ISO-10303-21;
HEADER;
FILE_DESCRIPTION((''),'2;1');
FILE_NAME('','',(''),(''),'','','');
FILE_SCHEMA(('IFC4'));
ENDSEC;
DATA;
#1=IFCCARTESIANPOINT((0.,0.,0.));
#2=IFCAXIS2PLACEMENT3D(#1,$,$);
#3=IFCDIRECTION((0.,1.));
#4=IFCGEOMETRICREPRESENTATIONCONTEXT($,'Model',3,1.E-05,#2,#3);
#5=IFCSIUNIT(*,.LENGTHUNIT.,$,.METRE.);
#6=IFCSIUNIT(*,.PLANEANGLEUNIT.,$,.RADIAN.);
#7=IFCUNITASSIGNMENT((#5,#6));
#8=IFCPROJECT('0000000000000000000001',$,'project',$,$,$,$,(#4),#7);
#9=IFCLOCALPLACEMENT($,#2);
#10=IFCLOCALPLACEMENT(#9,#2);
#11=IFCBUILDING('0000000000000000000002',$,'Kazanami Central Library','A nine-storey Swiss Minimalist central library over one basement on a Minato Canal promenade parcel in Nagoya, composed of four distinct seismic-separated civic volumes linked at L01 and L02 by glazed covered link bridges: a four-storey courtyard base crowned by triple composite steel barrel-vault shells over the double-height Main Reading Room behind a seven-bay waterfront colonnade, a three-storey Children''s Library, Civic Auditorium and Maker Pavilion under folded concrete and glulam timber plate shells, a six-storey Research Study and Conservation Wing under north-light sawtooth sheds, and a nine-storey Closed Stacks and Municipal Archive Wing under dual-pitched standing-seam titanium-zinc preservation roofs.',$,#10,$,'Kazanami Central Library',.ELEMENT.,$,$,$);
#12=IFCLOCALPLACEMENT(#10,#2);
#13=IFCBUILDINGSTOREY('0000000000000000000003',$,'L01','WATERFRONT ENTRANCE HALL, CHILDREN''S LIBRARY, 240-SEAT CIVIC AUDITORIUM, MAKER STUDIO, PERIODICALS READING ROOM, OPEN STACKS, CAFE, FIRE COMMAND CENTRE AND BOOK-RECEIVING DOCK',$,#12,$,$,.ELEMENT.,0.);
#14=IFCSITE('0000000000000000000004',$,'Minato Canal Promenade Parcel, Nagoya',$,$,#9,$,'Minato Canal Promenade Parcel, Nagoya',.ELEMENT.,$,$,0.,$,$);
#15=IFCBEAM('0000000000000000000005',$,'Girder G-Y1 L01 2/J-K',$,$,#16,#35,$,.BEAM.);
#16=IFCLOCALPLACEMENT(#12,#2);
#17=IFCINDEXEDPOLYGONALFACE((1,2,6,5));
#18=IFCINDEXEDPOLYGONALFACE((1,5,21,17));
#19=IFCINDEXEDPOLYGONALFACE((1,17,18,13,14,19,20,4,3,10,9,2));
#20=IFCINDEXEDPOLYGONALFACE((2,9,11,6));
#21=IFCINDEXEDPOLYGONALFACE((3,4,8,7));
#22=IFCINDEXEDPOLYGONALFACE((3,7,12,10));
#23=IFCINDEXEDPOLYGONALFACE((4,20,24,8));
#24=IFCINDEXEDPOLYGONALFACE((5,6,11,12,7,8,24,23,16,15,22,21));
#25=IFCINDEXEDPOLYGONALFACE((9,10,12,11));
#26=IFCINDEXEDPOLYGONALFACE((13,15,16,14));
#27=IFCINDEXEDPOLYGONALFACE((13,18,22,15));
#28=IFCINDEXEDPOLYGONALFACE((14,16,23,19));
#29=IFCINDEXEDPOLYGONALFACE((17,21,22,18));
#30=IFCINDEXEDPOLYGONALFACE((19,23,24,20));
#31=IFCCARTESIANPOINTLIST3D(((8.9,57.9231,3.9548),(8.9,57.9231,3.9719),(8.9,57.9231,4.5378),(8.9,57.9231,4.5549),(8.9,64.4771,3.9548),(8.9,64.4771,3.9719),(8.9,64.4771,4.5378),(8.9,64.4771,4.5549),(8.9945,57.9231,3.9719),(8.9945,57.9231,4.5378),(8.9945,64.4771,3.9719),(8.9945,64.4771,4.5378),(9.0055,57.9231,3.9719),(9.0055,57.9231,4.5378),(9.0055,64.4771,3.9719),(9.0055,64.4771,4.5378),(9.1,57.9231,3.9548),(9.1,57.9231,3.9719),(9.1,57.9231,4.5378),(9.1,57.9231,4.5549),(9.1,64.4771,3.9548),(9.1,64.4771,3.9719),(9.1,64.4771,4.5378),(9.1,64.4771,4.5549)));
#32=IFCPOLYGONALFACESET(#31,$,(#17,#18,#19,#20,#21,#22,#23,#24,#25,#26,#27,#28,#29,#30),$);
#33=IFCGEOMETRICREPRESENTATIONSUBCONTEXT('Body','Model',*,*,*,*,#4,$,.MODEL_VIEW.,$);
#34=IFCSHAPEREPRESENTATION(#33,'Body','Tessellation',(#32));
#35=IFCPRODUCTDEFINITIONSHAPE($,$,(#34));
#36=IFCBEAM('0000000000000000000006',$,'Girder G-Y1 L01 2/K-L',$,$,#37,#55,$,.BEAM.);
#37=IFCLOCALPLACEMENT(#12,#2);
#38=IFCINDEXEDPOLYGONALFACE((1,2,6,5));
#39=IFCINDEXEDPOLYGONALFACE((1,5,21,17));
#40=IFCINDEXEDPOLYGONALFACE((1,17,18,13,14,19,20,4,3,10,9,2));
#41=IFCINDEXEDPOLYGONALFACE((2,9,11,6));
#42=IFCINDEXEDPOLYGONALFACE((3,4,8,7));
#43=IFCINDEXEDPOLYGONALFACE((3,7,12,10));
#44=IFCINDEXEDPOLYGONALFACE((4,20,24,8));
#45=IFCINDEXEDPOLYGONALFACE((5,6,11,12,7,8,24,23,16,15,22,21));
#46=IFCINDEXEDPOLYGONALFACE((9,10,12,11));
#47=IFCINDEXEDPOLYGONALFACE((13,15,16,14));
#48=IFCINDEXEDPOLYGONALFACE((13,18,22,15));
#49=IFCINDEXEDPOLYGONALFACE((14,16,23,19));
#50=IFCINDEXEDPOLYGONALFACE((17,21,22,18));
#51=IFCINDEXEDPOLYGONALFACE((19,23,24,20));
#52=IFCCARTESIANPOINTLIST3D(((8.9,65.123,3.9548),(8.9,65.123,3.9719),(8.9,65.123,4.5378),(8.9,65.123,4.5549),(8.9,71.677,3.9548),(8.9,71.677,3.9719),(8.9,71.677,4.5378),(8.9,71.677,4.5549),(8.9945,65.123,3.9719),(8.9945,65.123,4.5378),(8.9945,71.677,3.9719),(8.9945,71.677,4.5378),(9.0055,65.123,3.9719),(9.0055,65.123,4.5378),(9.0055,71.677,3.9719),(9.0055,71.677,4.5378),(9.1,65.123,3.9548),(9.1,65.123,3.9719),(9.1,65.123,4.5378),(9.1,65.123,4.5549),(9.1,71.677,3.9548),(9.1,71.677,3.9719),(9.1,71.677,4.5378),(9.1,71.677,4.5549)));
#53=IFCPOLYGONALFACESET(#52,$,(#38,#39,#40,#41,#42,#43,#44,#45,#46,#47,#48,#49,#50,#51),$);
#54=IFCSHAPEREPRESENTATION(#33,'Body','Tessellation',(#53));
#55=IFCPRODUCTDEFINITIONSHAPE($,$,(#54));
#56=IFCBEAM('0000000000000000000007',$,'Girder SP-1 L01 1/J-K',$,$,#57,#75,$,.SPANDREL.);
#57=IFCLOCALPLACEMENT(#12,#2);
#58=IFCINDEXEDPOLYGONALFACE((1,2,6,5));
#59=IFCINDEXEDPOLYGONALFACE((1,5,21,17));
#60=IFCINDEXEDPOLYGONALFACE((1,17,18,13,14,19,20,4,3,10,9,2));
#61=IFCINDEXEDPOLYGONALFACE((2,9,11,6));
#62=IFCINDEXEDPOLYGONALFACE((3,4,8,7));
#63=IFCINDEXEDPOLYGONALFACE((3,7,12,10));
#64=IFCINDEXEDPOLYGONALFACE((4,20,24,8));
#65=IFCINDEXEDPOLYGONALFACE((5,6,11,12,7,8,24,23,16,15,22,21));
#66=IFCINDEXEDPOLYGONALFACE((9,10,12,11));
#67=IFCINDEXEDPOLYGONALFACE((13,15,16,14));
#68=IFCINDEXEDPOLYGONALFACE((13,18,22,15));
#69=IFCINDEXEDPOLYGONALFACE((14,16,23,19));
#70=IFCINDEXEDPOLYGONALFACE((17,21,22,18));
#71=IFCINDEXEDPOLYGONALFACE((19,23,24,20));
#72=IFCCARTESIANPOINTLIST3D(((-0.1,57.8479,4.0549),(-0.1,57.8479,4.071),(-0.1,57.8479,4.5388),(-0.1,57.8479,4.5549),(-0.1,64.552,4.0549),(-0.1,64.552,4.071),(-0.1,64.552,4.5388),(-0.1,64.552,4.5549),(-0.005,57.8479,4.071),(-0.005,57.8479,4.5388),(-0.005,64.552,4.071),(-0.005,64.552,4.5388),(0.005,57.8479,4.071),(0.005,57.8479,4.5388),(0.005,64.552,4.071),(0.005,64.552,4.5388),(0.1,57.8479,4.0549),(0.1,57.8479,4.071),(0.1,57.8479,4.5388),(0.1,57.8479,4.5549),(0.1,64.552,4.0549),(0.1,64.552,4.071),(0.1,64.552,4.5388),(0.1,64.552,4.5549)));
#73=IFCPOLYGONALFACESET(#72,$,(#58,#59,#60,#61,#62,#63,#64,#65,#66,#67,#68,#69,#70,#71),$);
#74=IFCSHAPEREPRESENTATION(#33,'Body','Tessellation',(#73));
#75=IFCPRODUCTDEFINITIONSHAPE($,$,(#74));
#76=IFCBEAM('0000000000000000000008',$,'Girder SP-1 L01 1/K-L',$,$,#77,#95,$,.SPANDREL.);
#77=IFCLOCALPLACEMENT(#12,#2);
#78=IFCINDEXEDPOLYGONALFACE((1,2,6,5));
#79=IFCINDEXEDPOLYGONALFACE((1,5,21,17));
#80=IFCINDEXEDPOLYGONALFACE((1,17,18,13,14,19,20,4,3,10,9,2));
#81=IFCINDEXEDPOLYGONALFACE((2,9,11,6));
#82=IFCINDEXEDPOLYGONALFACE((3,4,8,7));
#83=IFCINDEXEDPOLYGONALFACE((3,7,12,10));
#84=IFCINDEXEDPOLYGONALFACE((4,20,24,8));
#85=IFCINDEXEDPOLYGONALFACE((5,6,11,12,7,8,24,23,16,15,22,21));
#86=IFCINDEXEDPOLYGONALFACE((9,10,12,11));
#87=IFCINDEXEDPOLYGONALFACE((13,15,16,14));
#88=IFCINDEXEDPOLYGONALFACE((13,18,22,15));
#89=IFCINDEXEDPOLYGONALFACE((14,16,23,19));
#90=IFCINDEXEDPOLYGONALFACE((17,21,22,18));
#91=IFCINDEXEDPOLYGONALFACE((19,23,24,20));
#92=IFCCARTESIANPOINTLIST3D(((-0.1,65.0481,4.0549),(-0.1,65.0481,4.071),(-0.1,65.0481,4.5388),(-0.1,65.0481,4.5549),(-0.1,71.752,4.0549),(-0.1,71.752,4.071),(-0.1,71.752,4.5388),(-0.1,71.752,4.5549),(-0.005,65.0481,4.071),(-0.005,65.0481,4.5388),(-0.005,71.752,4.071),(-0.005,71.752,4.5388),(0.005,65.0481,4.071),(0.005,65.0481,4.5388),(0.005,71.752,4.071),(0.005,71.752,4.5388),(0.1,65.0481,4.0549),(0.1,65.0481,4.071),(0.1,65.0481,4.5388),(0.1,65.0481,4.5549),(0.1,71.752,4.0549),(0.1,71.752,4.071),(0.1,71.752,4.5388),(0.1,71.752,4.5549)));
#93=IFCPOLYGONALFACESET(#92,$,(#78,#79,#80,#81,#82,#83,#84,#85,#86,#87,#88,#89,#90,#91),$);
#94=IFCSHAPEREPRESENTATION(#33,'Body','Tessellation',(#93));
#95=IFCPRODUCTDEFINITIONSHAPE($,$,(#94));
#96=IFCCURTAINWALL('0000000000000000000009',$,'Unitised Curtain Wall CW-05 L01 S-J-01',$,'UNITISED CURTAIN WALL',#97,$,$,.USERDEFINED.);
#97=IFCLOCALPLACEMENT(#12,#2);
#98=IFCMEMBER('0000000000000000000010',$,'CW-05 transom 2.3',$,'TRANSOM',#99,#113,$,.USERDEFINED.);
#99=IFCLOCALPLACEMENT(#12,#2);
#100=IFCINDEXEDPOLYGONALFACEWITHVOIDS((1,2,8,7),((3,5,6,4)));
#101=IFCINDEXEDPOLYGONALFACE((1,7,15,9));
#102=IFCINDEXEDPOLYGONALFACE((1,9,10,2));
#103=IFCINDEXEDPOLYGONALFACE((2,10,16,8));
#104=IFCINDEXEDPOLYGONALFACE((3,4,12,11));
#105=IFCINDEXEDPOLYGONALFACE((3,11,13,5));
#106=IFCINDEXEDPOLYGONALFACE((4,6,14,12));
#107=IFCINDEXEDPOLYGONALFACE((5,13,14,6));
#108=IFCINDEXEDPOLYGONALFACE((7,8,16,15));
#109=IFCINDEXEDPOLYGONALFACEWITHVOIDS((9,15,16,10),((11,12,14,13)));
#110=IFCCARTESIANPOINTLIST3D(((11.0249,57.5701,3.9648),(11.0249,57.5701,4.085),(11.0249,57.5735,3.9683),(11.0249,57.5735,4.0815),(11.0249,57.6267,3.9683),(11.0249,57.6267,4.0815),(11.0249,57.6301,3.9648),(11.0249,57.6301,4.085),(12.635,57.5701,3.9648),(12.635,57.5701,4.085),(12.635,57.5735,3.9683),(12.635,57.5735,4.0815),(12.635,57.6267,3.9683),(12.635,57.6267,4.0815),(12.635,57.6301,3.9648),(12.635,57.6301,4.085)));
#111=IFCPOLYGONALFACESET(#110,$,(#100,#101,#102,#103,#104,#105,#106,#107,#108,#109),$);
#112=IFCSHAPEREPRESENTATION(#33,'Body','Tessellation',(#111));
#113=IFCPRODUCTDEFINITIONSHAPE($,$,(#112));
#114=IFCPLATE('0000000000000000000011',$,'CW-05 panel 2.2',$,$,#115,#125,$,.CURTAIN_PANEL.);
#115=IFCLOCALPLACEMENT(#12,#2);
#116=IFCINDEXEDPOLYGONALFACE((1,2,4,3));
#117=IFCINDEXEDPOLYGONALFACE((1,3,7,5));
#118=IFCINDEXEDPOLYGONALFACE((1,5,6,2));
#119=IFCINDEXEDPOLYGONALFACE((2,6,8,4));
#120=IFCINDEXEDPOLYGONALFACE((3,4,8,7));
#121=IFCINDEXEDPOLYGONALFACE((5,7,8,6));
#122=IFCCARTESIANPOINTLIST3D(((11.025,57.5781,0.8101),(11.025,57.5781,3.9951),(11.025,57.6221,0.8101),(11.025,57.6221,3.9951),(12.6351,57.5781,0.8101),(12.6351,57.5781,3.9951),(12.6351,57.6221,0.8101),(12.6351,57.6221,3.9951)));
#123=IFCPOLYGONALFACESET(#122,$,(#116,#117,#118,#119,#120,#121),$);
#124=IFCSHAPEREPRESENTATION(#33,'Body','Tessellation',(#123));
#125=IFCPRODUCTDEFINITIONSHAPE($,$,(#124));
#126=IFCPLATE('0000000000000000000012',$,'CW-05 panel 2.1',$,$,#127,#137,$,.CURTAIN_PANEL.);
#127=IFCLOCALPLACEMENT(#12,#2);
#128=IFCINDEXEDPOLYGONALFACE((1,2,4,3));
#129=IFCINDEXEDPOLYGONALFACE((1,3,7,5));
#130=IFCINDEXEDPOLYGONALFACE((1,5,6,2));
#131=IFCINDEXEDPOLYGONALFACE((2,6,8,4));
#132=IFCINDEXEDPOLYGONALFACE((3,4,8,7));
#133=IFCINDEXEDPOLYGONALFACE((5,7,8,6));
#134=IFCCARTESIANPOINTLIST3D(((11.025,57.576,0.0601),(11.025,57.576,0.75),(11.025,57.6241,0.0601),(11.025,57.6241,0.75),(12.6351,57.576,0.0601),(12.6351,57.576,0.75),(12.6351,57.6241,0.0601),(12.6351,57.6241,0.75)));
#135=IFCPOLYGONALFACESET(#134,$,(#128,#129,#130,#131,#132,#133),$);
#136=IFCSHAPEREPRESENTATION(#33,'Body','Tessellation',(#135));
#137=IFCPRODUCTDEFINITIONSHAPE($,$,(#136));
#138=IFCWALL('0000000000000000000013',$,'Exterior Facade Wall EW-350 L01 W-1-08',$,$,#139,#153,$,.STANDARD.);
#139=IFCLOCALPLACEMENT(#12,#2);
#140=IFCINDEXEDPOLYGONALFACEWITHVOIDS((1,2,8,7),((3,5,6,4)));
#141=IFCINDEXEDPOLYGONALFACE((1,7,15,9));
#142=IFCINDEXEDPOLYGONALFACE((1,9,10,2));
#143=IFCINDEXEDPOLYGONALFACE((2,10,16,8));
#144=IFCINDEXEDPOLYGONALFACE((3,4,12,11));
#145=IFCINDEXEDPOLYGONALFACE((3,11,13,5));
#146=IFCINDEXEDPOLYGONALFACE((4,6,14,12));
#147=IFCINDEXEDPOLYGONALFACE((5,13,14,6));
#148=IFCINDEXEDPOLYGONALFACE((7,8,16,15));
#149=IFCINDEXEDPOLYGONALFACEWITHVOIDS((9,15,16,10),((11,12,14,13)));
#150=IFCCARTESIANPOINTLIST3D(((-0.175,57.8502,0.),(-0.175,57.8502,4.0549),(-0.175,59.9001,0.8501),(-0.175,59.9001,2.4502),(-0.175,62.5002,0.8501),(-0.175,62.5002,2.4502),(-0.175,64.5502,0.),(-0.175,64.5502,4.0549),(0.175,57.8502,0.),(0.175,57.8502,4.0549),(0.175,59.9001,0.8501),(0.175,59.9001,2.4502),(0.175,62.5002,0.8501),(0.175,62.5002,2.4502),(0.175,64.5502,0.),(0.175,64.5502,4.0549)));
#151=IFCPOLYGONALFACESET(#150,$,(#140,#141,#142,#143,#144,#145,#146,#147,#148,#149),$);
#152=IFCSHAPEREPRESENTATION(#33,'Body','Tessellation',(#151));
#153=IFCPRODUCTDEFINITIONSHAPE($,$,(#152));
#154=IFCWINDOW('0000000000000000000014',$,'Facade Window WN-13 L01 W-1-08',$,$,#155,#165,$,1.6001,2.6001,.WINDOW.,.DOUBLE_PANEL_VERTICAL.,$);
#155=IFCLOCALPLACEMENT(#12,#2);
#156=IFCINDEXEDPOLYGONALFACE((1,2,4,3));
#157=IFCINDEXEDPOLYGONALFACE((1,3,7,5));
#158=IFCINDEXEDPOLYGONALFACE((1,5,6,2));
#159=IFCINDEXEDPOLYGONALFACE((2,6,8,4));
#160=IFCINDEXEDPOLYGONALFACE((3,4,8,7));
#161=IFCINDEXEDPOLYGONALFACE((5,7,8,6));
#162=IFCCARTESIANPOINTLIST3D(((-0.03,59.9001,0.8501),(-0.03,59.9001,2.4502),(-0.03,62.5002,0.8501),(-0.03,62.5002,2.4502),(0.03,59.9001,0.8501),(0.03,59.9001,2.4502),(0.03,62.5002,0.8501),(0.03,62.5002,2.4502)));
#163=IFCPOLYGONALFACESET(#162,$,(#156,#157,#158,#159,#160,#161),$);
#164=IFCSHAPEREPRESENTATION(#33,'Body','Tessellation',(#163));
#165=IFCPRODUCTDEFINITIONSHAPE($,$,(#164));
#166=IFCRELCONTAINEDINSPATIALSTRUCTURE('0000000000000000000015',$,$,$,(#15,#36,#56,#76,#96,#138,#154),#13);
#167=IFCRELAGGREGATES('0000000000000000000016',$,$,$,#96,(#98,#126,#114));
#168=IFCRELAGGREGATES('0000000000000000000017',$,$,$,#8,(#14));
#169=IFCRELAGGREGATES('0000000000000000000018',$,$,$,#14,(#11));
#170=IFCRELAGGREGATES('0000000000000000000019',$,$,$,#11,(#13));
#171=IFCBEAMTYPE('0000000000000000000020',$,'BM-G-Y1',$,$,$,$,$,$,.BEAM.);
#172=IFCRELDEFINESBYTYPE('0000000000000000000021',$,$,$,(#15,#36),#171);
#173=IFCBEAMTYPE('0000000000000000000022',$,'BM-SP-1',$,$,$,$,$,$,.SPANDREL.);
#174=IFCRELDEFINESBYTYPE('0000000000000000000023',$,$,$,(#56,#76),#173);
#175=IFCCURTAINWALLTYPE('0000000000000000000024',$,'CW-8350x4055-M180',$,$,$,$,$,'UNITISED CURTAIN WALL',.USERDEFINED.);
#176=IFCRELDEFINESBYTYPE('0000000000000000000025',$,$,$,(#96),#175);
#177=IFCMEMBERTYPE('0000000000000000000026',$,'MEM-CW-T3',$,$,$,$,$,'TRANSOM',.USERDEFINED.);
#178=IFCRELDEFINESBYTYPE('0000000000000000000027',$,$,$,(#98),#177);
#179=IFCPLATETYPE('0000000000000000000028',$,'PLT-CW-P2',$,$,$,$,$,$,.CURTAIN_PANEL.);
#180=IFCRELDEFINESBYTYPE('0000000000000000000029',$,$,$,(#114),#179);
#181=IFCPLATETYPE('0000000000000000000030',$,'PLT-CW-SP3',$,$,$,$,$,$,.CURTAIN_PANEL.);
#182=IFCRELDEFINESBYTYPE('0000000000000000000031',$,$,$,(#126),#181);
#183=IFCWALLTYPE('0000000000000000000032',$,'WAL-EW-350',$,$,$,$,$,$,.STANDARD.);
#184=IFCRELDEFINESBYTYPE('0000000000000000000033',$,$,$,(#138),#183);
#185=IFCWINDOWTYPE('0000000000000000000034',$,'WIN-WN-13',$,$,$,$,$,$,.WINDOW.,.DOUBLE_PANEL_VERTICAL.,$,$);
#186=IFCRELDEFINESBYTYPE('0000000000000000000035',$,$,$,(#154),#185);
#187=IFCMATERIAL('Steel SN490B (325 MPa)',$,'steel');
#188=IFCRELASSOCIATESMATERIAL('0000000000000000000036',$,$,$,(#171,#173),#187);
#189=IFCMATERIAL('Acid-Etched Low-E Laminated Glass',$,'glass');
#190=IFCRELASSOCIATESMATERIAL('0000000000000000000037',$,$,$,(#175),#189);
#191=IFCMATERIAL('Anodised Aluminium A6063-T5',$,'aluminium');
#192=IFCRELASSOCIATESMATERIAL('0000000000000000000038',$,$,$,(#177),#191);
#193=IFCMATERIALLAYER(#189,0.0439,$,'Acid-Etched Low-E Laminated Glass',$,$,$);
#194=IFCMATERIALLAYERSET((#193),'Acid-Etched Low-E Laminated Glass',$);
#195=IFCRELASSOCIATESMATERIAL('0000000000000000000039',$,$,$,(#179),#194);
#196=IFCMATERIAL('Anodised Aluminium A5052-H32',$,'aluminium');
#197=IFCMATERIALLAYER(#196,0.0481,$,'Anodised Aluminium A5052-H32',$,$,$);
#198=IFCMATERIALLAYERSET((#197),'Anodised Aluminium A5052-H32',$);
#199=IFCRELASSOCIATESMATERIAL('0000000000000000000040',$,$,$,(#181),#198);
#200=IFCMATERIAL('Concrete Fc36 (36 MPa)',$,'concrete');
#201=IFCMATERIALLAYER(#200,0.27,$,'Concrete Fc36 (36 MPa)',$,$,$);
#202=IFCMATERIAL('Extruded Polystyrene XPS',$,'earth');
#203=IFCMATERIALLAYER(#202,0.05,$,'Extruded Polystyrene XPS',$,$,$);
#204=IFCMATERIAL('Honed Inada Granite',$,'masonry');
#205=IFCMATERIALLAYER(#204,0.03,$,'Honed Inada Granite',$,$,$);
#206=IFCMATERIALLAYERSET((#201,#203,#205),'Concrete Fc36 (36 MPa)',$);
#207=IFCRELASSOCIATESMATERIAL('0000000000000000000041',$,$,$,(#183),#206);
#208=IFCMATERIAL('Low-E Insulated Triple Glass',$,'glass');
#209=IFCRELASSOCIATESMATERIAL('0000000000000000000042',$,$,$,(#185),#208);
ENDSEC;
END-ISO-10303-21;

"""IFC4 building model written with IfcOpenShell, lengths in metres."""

from ifc_helpers import new_model, si_unit, direction, frame, frame_2d, origin, origin_2d, place, context, subcontext, project, spatial, rectangle, hollow_rectangle, i_section, extrude, material, layer, layer_set, material_profile, profile_set, type_object, element, fill, aggregate, save


model = new_model("IFC4")

# Units and contexts
model_context = context("Model", 3, precision=1e-05, world=origin(), true_north=direction((0.0, 1.0)))
body_context = subcontext(model_context, "Body", "Model", "MODEL_VIEW")
ifc_project = project(units=[si_unit("LENGTHUNIT", "METRE"), si_unit("PLANEANGLEUNIT", "RADIAN")], contexts=[model_context])

# Site, building, storey
site_placement = place(None, origin())
site = spatial("IfcSite", under=ifc_project, at=site_placement, Name="Minato Canal Promenade Parcel, Nagoya", LongName="Minato Canal Promenade Parcel, Nagoya", CompositionType="ELEMENT", RefElevation=0.0)
building_placement = place(site_placement, origin())
building = spatial("IfcBuilding", under=site, at=building_placement, Name="Kazanami Central Library", Description="A nine-storey Swiss Minimalist central library over one basement on a Minato Canal promenade parcel in Nagoya, composed of four distinct seismic-separated civic volumes linked at L01 and L02 by glazed covered link bridges: a four-storey courtyard base crowned by triple composite steel barrel-vault shells over the double-height Main Reading Room behind a seven-bay waterfront colonnade, a three-storey Children's Library, Civic Auditorium and Maker Pavilion under folded concrete and glulam timber plate shells, a six-storey Research Study and Conservation Wing under north-light sawtooth sheds, and a nine-storey Closed Stacks and Municipal Archive Wing under dual-pitched standing-seam titanium-zinc preservation roofs.", LongName="Kazanami Central Library", CompositionType="ELEMENT")
storey_placement = place(building_placement, origin())
storey = spatial("IfcBuildingStorey", under=building, at=storey_placement, Name="L01", Description="WATERFRONT ENTRANCE HALL, CHILDREN'S LIBRARY, 240-SEAT CIVIC AUDITORIUM, MAKER STUDIO, PERIODICALS READING ROOM, OPEN STACKS, CAFE, FIRE COMMAND CENTRE AND BOOK-RECEIVING DOCK", CompositionType="ELEMENT", Elevation=0.0)

# Beams
ifc_material_1 = material(Name="Steel SN490B (325 MPa)", Category="steel")
ifc_material_profile_1 = material_profile(ifc_material_1, i_section(OverallWidth=0.2, OverallDepth=0.6001, WebThickness=0.011, FlangeThickness=0.0171, at=origin_2d()), Name="H-600x200x11x17")
ifc_profile_set_1 = profile_set([ifc_material_profile_1], Name="Steel SN490B (325 MPa)")
beam_type_1 = type_object("IfcBeamType", Name="BM-G-Y1", PredefinedType="BEAM", material=ifc_profile_set_1)
for number, where, z_axis, x_axis, name in (
    (1, (9.0, 57.9231, 4.2549), (0.0, 1.0, 0.0), (-1.0, 0.0, 0.0), "Girder G-Y1 L01 2/J-K"),
    (2, (9.0, 65.123, 4.2549), (0.0, 1.0, 0.0), (-1.0, 0.0, 0.0), "Girder G-Y1 L01 2/K-L"),
):
    element("IfcBeam", number, at=place(storey_placement, frame(where, z_axis=z_axis, x_axis=x_axis)), inside=storey, type_object=beam_type_1, Name=name, PredefinedType="BEAM", context=body_context, shape_type="SweptSolid", body=[
        extrude(i_section(OverallWidth=0.2, OverallDepth=0.6001, WebThickness=0.011, FlangeThickness=0.0171, at=origin_2d()), origin(), (0.0, 0.0, 1.0), 6.554),
    ])
ifc_material_profile_2 = material_profile(ifc_material_1, i_section(OverallWidth=0.2, OverallDepth=0.5, WebThickness=0.01, FlangeThickness=0.0161, at=origin_2d()), Name="H-500x200x10x16")
ifc_profile_set_2 = profile_set([ifc_material_profile_2], Name="Steel SN490B (325 MPa)")
beam_type_2 = type_object("IfcBeamType", Name="BM-SP-1", PredefinedType="SPANDREL", material=ifc_profile_set_2)
beam_1_placement = place(storey_placement, frame((0.0, 57.8479, 4.3049), z_axis=(0.0, 1.0, 0.0), x_axis=(-1.0, 0.0, 0.0)))
element("IfcBeam", 3, at=beam_1_placement, inside=storey, type_object=beam_type_2, Name="Girder SP-1 L01 1/J-K", PredefinedType="SPANDREL", context=body_context, shape_type="SweptSolid", body=[
    extrude(i_section(OverallWidth=0.2, OverallDepth=0.5, WebThickness=0.01, FlangeThickness=0.0161, at=origin_2d()), origin(), (0.0, 0.0, 1.0), 6.7041),
])
beam_2_placement = place(storey_placement, frame((0.0, 65.0481, 4.3049), z_axis=(0.0, 1.0, 0.0), x_axis=(-1.0, 0.0, 0.0)))
element("IfcBeam", 4, at=beam_2_placement, inside=storey, type_object=beam_type_2, Name="Girder SP-1 L01 1/K-L", PredefinedType="SPANDREL", context=body_context, shape_type="SweptSolid", body=[
    extrude(i_section(OverallWidth=0.2, OverallDepth=0.5, WebThickness=0.01, FlangeThickness=0.0161, at=origin_2d()), origin(), (0.0, 0.0, 1.0), 6.7039),
])

# Curtain wall, member, plates
ifc_material_2 = material(Name="Acid-Etched Low-E Laminated Glass", Category="glass")
curtain_wall_type = type_object("IfcCurtainWallType", Name="CW-8350x4055-M180", ElementType="UNITISED CURTAIN WALL", PredefinedType="USERDEFINED", material=ifc_material_2)
curtain_wall_placement = place(storey_placement, origin())
curtain_wall = element("IfcCurtainWall", 5, at=curtain_wall_placement, inside=storey, type_object=curtain_wall_type, Name="Unitised Curtain Wall CW-05 L01 S-J-01", ObjectType="UNITISED CURTAIN WALL", PredefinedType="USERDEFINED")
ifc_material_3 = material(Name="Anodised Aluminium A6063-T5", Category="aluminium")
ifc_material_profile_3 = material_profile(ifc_material_3, hollow_rectangle(XDim=0.0601, YDim=0.1201, WallThickness=0.0034, at=origin_2d()), Name="ALU-TRAN-60x120x3.5")
ifc_profile_set_3 = profile_set([ifc_material_profile_3], Name="Anodised Aluminium A6063-T5")
member_type = type_object("IfcMemberType", Name="MEM-CW-T3", ElementType="TRANSOM", PredefinedType="USERDEFINED", material=ifc_profile_set_3)
member_placement = place(storey_placement, frame((11.0249, 57.6001, 4.0249), z_axis=(1.0, 0.0, 0.0), x_axis=(0.0, 1.0, 0.0)))
member = element("IfcMember", 6, at=member_placement, type_object=member_type, Name="CW-05 transom 2.3", ObjectType="TRANSOM", PredefinedType="USERDEFINED", context=body_context, shape_type="SweptSolid", body=[
    extrude(hollow_rectangle(XDim=0.0601, YDim=0.1201, WallThickness=0.0034, at=origin_2d()), origin(), (0.0, 0.0, 1.0), 1.6101),
])
ifc_layer_1 = layer(ifc_material_2, 0.0439, Name="Acid-Etched Low-E Laminated Glass")
ifc_layer_set_1 = layer_set([ifc_layer_1], Name="Acid-Etched Low-E Laminated Glass")
plate_type_1 = type_object("IfcPlateType", Name="PLT-CW-P2", PredefinedType="CURTAIN_PANEL", material=ifc_layer_set_1)
plate_1_placement = place(storey_placement, frame((11.8301, 57.6001, 0.8101), z_axis=(0.0, 0.0, 1.0), x_axis=(1.0, 0.0, 0.0)))
plate_1 = element("IfcPlate", 7, at=plate_1_placement, type_object=plate_type_1, Name="CW-05 panel 2.2", PredefinedType="CURTAIN_PANEL", context=body_context, shape_type="SweptSolid", body=[
    extrude(rectangle(XDim=1.6101, YDim=0.0439, at=origin_2d()), origin(), (0.0, 0.0, 1.0), 3.1851),
])
ifc_material_4 = material(Name="Anodised Aluminium A5052-H32", Category="aluminium")
ifc_layer_2 = layer(ifc_material_4, 0.0481, Name="Anodised Aluminium A5052-H32")
ifc_layer_set_2 = layer_set([ifc_layer_2], Name="Anodised Aluminium A5052-H32")
plate_type_2 = type_object("IfcPlateType", Name="PLT-CW-SP3", PredefinedType="CURTAIN_PANEL", material=ifc_layer_set_2)
plate_2_placement = place(storey_placement, frame((11.8301, 57.6001, 0.0601), z_axis=(0.0, 0.0, 1.0), x_axis=(1.0, 0.0, 0.0)))
plate_2 = element("IfcPlate", 8, at=plate_2_placement, type_object=plate_type_2, Name="CW-05 panel 2.1", PredefinedType="CURTAIN_PANEL", context=body_context, shape_type="SweptSolid", body=[
    extrude(rectangle(XDim=1.6101, YDim=0.0481, at=origin_2d()), origin(), (0.0, 0.0, 1.0), 0.6899),
])
aggregate(curtain_wall, [member, plate_2, plate_1])

# Wall, opening, window
ifc_material_5 = material(Name="Concrete Fc36 (36 MPa)", Category="concrete")
ifc_layer_3 = layer(ifc_material_5, 0.27, Name="Concrete Fc36 (36 MPa)")
ifc_material_6 = material(Name="Extruded Polystyrene XPS", Category="earth")
ifc_layer_4 = layer(ifc_material_6, 0.05, Name="Extruded Polystyrene XPS")
ifc_material_7 = material(Name="Honed Inada Granite", Category="masonry")
ifc_layer_5 = layer(ifc_material_7, 0.03, Name="Honed Inada Granite")
ifc_layer_set_3 = layer_set([ifc_layer_3, ifc_layer_4, ifc_layer_5], Name="Concrete Fc36 (36 MPa)")
wall_type = type_object("IfcWallType", Name="WAL-EW-350", PredefinedType="STANDARD", material=ifc_layer_set_3)
wall_1_placement = place(storey_placement, frame((0.0, 57.8501, 0.0), z_axis=(0.0, 0.0, 1.0), x_axis=(0.0, 1.0, 0.0)))
wall_1 = element("IfcWall", 9, at=wall_1_placement, inside=storey, type_object=wall_type, Name="Exterior Facade Wall EW-350 L01 W-1-08", PredefinedType="STANDARD", context=body_context, shape_type="SweptSolid", body=[
    extrude(rectangle(XDim=6.7, YDim=0.3501, at=frame_2d((3.3501, 0.0))), origin(), (0.0, 0.0, 1.0), 4.0549),
])
opening_1_placement = place(wall_1_placement, frame((2.05, 0.0, 0.8501)))
opening_1 = element("IfcOpeningElement", 10, at=opening_1_placement, cuts=wall_1, PredefinedType="OPENING", context=body_context, shape_type="SweptSolid", body=[
    extrude(rectangle(XDim=2.6001, YDim=1.6001, at=frame_2d((1.3, 0.8))), frame((0.0, 0.187, 0.0), z_axis=(0.0, -1.0, 0.0), x_axis=(1.0, 0.0, 0.0)), (0.0, 0.0, 1.0), 0.374),
])
ifc_material_8 = material(Name="Low-E Insulated Triple Glass", Category="glass")
window_type = type_object("IfcWindowType", Name="WIN-WN-13", PartitioningType="DOUBLE_PANEL_VERTICAL", PredefinedType="WINDOW", material=ifc_material_8)
window_placement = place(opening_1_placement, origin())
window = element("IfcWindow", 11, at=window_placement, inside=storey, type_object=window_type, Name="Facade Window WN-13 L01 W-1-08", OverallHeight=1.6001, OverallWidth=2.6001, PartitioningType="DOUBLE_PANEL_VERTICAL", PredefinedType="WINDOW", context=body_context, shape_type="SweptSolid", body=[
    extrude(rectangle(XDim=2.6001, YDim=1.6001, at=frame_2d((1.3, 0.8))), frame((0.0, 0.03, 0.0), z_axis=(0.0, -1.0, 0.0), x_axis=(1.0, 0.0, 0.0)), (0.0, 0.0, 1.0), 0.0601),
])
fill(opening_1, window)

save(model, "model.ifc")
